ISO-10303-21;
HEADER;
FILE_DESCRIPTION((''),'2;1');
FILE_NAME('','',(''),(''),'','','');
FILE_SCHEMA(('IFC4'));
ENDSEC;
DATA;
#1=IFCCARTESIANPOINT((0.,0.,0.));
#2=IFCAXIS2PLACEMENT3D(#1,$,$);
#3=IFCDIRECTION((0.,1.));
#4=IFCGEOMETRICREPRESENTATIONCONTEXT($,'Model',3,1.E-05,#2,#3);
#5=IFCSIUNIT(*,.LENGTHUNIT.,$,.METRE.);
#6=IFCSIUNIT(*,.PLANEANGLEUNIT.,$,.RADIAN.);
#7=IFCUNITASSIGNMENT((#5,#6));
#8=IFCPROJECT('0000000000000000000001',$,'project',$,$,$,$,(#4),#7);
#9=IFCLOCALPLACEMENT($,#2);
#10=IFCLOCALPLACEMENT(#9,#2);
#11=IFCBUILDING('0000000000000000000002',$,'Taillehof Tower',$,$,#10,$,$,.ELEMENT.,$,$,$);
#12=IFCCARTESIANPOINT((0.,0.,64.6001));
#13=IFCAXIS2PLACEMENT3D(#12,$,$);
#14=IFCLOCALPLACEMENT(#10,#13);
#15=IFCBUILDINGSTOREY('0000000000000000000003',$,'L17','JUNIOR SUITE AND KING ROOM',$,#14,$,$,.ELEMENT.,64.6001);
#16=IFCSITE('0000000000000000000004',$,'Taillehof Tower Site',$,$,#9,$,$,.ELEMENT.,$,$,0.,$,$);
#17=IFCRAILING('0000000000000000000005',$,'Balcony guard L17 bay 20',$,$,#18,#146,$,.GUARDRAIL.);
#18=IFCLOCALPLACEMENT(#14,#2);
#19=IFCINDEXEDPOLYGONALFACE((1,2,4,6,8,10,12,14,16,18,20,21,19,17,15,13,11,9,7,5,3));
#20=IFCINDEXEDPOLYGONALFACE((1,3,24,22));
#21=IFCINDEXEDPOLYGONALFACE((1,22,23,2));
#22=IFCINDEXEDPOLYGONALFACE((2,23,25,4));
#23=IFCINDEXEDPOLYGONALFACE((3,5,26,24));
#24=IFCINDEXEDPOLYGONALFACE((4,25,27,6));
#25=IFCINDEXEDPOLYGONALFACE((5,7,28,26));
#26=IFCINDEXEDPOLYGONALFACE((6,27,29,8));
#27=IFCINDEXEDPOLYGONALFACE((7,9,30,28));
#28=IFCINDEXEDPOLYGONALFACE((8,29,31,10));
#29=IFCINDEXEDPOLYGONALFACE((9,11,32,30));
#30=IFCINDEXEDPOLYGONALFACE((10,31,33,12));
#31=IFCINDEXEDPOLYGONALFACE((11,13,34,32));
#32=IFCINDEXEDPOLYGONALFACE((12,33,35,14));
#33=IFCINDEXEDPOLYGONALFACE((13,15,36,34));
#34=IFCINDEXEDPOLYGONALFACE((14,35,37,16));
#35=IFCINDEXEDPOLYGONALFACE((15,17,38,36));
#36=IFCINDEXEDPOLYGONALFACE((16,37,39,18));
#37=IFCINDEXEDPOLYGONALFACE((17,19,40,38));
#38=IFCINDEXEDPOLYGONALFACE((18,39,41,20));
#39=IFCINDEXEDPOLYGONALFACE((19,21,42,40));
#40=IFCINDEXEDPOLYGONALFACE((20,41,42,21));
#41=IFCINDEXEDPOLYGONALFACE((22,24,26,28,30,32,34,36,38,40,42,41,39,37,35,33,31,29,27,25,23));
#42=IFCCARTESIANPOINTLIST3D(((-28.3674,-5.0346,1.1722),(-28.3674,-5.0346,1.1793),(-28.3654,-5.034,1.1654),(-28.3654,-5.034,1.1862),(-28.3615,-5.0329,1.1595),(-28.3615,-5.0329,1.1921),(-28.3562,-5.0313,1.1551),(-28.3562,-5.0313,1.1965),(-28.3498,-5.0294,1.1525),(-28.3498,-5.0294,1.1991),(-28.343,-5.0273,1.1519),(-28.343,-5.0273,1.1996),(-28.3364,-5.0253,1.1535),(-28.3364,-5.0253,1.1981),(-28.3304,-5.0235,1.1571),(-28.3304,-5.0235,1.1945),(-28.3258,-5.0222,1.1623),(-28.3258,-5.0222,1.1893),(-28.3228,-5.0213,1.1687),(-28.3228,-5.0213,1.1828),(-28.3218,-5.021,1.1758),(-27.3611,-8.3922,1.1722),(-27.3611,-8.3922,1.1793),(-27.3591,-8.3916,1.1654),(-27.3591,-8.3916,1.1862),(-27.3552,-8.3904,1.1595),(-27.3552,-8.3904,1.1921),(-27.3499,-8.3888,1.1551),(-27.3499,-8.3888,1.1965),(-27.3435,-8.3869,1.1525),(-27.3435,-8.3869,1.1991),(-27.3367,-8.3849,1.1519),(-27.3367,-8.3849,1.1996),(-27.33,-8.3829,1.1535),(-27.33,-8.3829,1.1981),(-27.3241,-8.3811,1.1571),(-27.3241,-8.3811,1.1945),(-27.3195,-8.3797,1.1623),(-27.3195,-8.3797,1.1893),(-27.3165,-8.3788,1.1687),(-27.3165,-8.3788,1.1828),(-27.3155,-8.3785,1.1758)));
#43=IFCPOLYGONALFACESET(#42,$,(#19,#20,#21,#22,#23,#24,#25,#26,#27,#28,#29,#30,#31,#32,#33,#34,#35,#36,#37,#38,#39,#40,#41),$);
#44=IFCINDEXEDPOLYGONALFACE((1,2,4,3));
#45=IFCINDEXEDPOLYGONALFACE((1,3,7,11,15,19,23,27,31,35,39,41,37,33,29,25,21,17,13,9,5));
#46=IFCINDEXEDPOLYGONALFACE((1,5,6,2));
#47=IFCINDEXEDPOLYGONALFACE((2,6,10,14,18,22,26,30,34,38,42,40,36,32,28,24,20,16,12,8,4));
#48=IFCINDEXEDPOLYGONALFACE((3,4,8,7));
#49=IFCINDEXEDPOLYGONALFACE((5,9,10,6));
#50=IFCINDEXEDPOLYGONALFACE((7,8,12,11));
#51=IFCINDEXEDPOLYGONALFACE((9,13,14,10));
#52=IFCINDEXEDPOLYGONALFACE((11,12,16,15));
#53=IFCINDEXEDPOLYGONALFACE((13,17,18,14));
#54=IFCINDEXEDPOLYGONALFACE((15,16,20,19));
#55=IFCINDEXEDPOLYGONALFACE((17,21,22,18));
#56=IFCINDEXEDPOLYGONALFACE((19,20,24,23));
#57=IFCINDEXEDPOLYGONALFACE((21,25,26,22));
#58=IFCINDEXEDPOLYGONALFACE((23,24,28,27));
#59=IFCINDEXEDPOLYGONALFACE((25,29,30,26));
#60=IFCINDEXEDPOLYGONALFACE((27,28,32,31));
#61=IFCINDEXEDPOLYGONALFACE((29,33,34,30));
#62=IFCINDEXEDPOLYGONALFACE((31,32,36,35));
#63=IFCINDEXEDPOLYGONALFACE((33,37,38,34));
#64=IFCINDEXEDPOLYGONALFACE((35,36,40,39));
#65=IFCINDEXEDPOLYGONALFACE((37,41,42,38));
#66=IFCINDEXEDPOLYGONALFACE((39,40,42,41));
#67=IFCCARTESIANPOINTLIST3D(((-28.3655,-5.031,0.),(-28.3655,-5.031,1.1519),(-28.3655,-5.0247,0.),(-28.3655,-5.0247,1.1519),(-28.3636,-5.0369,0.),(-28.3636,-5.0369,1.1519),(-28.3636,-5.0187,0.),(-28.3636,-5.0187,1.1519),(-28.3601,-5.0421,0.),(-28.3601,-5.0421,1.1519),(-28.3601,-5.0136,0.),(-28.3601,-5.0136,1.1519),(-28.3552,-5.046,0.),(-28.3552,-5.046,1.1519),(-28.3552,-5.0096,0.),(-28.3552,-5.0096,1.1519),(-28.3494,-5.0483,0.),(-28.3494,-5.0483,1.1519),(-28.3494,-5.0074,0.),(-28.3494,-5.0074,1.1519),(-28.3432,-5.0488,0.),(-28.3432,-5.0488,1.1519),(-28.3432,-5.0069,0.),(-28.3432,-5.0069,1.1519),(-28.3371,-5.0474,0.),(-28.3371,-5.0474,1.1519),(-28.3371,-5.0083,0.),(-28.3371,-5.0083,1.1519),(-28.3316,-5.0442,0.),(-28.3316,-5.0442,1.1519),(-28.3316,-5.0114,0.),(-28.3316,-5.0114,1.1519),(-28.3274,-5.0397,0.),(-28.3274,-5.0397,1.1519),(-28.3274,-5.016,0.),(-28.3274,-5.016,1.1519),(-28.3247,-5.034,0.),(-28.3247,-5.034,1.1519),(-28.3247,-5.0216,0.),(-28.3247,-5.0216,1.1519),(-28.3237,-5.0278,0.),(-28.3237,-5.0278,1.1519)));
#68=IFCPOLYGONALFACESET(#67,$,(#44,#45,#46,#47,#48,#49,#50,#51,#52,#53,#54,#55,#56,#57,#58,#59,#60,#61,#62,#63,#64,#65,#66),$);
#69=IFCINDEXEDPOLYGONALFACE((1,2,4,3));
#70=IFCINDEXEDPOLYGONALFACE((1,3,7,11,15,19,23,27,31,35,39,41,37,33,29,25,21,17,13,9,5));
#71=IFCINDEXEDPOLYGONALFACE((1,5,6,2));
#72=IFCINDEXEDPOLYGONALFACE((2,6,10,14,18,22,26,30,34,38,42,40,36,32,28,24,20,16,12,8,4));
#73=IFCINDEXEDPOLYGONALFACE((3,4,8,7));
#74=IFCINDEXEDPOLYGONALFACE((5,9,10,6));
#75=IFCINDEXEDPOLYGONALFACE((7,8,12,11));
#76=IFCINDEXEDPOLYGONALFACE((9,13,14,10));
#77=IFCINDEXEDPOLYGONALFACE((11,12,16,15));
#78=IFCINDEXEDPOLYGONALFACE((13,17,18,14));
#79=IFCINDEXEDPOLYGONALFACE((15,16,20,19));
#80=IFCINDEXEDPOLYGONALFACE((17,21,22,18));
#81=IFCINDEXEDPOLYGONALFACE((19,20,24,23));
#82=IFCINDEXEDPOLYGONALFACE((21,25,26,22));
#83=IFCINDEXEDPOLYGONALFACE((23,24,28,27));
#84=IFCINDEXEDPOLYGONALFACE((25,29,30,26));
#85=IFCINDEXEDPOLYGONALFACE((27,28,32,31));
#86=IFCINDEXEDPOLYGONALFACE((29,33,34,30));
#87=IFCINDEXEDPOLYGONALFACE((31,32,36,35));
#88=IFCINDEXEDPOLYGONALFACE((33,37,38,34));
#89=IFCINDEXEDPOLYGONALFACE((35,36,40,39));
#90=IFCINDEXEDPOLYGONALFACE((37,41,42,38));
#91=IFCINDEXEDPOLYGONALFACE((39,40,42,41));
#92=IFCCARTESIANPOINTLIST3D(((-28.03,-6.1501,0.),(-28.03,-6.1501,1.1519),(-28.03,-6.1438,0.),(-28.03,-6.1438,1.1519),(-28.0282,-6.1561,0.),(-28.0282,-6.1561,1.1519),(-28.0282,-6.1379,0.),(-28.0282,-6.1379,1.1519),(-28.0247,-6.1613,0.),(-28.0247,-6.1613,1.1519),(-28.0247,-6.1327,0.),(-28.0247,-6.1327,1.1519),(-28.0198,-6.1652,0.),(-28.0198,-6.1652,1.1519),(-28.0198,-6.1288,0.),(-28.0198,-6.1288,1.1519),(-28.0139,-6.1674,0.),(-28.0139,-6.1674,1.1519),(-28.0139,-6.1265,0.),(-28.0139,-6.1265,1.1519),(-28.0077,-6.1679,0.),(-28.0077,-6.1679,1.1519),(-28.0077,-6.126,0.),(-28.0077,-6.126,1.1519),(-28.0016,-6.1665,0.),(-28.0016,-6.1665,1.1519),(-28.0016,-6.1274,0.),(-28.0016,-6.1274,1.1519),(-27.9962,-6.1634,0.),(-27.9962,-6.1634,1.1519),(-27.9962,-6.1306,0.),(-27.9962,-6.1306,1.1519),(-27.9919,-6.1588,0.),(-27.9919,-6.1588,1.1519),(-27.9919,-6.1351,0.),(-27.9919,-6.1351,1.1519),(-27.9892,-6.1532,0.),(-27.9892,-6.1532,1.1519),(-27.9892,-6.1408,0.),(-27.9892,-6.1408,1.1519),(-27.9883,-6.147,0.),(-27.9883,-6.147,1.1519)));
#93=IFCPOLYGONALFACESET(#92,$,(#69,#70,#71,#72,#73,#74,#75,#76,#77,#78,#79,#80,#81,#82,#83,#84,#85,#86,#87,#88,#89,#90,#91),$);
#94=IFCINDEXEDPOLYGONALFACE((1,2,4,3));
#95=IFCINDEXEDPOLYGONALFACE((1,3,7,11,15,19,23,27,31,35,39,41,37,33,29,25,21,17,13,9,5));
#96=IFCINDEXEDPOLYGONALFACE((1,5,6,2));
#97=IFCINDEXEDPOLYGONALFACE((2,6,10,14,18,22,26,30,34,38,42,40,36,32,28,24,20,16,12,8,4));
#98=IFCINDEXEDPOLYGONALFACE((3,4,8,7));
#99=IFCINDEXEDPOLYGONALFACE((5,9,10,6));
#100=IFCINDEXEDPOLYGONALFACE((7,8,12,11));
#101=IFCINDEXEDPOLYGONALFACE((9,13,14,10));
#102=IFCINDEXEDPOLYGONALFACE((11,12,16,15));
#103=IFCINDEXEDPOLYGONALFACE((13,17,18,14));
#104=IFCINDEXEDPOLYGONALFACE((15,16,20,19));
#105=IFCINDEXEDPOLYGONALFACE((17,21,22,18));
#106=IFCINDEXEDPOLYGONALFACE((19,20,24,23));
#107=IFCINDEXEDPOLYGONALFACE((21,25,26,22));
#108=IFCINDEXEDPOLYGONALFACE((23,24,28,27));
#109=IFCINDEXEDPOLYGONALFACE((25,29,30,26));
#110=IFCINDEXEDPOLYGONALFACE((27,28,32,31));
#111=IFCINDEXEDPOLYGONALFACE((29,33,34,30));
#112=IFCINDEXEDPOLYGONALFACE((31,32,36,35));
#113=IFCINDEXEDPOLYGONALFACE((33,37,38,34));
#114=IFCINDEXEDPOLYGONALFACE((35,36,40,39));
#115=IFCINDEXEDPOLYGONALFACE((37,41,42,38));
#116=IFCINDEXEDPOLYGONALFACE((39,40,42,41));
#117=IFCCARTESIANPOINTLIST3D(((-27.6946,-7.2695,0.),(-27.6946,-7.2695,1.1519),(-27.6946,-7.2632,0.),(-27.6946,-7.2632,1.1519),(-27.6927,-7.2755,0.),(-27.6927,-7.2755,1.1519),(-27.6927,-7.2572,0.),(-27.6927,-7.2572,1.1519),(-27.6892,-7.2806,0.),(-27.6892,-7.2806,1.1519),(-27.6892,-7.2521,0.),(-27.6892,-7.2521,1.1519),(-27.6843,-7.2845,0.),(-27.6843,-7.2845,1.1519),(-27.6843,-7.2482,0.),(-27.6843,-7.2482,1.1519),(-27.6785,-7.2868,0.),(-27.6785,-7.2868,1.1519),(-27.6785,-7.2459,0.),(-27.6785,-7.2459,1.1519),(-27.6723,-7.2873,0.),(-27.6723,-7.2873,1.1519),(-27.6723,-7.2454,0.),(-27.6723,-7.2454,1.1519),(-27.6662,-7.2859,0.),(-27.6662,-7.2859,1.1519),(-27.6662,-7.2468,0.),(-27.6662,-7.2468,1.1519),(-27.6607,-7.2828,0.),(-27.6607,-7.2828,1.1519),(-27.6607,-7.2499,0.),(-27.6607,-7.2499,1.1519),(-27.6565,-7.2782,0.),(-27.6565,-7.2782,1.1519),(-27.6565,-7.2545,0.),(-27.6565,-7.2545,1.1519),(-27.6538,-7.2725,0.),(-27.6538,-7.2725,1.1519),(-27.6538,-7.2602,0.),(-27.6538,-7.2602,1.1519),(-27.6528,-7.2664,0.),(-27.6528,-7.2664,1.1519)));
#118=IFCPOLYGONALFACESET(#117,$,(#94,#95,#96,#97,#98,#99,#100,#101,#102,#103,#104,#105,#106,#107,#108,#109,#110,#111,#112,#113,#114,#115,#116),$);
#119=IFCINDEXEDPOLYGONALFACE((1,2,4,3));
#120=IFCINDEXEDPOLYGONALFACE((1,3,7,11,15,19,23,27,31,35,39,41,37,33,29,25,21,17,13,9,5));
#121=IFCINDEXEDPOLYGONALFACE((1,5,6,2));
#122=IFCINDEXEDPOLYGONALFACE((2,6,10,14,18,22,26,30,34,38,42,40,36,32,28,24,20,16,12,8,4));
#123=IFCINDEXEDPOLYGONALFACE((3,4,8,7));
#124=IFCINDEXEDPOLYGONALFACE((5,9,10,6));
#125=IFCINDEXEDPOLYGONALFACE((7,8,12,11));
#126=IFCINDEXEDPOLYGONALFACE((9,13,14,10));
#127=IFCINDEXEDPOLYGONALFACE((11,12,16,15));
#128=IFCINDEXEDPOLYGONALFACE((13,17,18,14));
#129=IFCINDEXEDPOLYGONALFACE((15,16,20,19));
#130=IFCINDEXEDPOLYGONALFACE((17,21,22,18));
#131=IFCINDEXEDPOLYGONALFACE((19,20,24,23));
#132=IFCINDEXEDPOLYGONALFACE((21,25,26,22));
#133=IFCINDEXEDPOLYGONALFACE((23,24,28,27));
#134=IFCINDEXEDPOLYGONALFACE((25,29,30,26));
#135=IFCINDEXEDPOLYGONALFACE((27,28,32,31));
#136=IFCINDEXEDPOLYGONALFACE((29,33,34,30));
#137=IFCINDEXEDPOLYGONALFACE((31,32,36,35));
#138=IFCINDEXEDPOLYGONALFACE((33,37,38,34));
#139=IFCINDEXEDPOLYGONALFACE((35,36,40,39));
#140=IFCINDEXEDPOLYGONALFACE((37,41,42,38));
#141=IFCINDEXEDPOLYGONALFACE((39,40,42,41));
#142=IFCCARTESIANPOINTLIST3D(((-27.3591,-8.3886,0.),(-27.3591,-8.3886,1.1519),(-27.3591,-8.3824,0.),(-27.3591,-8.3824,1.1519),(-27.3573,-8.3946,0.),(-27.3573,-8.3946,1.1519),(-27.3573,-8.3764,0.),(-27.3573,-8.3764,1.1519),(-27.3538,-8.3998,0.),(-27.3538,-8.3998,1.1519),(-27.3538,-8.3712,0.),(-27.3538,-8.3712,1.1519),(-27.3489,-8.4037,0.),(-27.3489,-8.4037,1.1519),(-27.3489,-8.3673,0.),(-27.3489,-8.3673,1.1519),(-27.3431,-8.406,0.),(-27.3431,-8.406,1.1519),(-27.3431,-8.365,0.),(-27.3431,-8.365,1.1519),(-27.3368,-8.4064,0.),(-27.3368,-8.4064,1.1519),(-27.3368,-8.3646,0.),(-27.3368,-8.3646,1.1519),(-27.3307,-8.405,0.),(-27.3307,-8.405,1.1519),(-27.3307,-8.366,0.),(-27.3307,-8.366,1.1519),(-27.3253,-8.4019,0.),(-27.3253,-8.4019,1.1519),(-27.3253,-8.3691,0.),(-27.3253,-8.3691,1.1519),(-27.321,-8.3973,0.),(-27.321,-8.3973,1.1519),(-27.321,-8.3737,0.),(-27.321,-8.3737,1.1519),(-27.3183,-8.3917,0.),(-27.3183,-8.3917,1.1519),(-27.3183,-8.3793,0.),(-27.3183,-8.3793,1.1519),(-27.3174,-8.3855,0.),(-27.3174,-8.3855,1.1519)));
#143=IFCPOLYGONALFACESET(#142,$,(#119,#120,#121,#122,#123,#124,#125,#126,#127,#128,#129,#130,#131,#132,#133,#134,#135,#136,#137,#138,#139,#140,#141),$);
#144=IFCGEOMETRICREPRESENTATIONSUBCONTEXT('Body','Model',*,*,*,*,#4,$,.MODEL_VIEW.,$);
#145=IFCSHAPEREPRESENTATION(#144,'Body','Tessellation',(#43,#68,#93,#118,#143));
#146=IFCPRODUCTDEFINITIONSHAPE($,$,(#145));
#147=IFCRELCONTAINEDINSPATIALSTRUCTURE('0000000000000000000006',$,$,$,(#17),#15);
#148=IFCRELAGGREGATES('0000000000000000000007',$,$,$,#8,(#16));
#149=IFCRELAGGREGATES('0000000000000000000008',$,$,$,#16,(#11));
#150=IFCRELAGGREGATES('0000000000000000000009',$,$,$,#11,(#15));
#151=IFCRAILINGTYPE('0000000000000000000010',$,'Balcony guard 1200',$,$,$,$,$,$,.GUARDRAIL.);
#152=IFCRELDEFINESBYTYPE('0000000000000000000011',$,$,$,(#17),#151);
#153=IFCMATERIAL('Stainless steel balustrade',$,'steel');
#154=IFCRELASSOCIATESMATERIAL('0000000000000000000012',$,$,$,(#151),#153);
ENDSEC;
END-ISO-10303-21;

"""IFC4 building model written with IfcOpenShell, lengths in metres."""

from ifc_helpers import new_model, si_unit, direction, frame, origin, origin_2d, place, context, subcontext, project, spatial, circle, extrude, material, type_object, element, save


model = new_model("IFC4")

# Units and contexts
model_context = context("Model", 3, precision=1e-05, world=origin(), true_north=direction((0.0, 1.0)))
body_context = subcontext(model_context, "Body", "Model", "MODEL_VIEW")
ifc_project = project(units=[si_unit("LENGTHUNIT", "METRE"), si_unit("PLANEANGLEUNIT", "RADIAN")], contexts=[model_context])

# Site, building, storey
site_placement = place(None, origin())
site = spatial("IfcSite", under=ifc_project, at=site_placement, Name="Taillehof Tower Site", CompositionType="ELEMENT", RefElevation=0.0)
building_placement = place(site_placement, origin())
building = spatial("IfcBuilding", under=site, at=building_placement, Name="Taillehof Tower", CompositionType="ELEMENT")
storey_placement = place(building_placement, frame((0.0, 0.0, 64.6001)))
storey = spatial("IfcBuildingStorey", under=building, at=storey_placement, Name="L17", Description="JUNIOR SUITE AND KING ROOM", CompositionType="ELEMENT", Elevation=64.6001)

# Railing
ifc_material_1 = material(Name="Stainless steel balustrade", Category="steel")
railing_type = type_object("IfcRailingType", Name="Balcony guard 1200", PredefinedType="GUARDRAIL", material=ifc_material_1)
railing_1_placement = place(storey_placement, frame((-28.3447, -5.0278, 0.0)))
element("IfcRailing", 1, at=railing_1_placement, inside=storey, type_object=railing_type, Name="Balcony guard L17 bay 20", PredefinedType="GUARDRAIL", context=body_context, shape_type="SweptSolid", body=[
    extrude(circle(Radius=0.0239, at=origin_2d()), frame((0.0, 0.0, 1.1758), z_axis=(0.287099, -0.957901, 0.0), x_axis=(0.957901, 0.287099, 0.0)), (0.0, 0.0, 1.0), 3.5051),
    extrude(circle(Radius=0.021, at=origin_2d()), origin(), (0.0, 0.0, 1.0), 1.1519),
    extrude(circle(Radius=0.021, at=origin_2d()), frame((0.3354, -1.1191, 0.0)), (0.0, 0.0, 1.0), 1.1519),
    extrude(circle(Radius=0.021, at=origin_2d()), frame((0.6709, -2.2385, 0.0)), (0.0, 0.0, 1.0), 1.1519),
    extrude(circle(Radius=0.021, at=origin_2d()), frame((1.0063, -3.3577, 0.0)), (0.0, 0.0, 1.0), 1.1519),
])

save(model, "model.ifc")
